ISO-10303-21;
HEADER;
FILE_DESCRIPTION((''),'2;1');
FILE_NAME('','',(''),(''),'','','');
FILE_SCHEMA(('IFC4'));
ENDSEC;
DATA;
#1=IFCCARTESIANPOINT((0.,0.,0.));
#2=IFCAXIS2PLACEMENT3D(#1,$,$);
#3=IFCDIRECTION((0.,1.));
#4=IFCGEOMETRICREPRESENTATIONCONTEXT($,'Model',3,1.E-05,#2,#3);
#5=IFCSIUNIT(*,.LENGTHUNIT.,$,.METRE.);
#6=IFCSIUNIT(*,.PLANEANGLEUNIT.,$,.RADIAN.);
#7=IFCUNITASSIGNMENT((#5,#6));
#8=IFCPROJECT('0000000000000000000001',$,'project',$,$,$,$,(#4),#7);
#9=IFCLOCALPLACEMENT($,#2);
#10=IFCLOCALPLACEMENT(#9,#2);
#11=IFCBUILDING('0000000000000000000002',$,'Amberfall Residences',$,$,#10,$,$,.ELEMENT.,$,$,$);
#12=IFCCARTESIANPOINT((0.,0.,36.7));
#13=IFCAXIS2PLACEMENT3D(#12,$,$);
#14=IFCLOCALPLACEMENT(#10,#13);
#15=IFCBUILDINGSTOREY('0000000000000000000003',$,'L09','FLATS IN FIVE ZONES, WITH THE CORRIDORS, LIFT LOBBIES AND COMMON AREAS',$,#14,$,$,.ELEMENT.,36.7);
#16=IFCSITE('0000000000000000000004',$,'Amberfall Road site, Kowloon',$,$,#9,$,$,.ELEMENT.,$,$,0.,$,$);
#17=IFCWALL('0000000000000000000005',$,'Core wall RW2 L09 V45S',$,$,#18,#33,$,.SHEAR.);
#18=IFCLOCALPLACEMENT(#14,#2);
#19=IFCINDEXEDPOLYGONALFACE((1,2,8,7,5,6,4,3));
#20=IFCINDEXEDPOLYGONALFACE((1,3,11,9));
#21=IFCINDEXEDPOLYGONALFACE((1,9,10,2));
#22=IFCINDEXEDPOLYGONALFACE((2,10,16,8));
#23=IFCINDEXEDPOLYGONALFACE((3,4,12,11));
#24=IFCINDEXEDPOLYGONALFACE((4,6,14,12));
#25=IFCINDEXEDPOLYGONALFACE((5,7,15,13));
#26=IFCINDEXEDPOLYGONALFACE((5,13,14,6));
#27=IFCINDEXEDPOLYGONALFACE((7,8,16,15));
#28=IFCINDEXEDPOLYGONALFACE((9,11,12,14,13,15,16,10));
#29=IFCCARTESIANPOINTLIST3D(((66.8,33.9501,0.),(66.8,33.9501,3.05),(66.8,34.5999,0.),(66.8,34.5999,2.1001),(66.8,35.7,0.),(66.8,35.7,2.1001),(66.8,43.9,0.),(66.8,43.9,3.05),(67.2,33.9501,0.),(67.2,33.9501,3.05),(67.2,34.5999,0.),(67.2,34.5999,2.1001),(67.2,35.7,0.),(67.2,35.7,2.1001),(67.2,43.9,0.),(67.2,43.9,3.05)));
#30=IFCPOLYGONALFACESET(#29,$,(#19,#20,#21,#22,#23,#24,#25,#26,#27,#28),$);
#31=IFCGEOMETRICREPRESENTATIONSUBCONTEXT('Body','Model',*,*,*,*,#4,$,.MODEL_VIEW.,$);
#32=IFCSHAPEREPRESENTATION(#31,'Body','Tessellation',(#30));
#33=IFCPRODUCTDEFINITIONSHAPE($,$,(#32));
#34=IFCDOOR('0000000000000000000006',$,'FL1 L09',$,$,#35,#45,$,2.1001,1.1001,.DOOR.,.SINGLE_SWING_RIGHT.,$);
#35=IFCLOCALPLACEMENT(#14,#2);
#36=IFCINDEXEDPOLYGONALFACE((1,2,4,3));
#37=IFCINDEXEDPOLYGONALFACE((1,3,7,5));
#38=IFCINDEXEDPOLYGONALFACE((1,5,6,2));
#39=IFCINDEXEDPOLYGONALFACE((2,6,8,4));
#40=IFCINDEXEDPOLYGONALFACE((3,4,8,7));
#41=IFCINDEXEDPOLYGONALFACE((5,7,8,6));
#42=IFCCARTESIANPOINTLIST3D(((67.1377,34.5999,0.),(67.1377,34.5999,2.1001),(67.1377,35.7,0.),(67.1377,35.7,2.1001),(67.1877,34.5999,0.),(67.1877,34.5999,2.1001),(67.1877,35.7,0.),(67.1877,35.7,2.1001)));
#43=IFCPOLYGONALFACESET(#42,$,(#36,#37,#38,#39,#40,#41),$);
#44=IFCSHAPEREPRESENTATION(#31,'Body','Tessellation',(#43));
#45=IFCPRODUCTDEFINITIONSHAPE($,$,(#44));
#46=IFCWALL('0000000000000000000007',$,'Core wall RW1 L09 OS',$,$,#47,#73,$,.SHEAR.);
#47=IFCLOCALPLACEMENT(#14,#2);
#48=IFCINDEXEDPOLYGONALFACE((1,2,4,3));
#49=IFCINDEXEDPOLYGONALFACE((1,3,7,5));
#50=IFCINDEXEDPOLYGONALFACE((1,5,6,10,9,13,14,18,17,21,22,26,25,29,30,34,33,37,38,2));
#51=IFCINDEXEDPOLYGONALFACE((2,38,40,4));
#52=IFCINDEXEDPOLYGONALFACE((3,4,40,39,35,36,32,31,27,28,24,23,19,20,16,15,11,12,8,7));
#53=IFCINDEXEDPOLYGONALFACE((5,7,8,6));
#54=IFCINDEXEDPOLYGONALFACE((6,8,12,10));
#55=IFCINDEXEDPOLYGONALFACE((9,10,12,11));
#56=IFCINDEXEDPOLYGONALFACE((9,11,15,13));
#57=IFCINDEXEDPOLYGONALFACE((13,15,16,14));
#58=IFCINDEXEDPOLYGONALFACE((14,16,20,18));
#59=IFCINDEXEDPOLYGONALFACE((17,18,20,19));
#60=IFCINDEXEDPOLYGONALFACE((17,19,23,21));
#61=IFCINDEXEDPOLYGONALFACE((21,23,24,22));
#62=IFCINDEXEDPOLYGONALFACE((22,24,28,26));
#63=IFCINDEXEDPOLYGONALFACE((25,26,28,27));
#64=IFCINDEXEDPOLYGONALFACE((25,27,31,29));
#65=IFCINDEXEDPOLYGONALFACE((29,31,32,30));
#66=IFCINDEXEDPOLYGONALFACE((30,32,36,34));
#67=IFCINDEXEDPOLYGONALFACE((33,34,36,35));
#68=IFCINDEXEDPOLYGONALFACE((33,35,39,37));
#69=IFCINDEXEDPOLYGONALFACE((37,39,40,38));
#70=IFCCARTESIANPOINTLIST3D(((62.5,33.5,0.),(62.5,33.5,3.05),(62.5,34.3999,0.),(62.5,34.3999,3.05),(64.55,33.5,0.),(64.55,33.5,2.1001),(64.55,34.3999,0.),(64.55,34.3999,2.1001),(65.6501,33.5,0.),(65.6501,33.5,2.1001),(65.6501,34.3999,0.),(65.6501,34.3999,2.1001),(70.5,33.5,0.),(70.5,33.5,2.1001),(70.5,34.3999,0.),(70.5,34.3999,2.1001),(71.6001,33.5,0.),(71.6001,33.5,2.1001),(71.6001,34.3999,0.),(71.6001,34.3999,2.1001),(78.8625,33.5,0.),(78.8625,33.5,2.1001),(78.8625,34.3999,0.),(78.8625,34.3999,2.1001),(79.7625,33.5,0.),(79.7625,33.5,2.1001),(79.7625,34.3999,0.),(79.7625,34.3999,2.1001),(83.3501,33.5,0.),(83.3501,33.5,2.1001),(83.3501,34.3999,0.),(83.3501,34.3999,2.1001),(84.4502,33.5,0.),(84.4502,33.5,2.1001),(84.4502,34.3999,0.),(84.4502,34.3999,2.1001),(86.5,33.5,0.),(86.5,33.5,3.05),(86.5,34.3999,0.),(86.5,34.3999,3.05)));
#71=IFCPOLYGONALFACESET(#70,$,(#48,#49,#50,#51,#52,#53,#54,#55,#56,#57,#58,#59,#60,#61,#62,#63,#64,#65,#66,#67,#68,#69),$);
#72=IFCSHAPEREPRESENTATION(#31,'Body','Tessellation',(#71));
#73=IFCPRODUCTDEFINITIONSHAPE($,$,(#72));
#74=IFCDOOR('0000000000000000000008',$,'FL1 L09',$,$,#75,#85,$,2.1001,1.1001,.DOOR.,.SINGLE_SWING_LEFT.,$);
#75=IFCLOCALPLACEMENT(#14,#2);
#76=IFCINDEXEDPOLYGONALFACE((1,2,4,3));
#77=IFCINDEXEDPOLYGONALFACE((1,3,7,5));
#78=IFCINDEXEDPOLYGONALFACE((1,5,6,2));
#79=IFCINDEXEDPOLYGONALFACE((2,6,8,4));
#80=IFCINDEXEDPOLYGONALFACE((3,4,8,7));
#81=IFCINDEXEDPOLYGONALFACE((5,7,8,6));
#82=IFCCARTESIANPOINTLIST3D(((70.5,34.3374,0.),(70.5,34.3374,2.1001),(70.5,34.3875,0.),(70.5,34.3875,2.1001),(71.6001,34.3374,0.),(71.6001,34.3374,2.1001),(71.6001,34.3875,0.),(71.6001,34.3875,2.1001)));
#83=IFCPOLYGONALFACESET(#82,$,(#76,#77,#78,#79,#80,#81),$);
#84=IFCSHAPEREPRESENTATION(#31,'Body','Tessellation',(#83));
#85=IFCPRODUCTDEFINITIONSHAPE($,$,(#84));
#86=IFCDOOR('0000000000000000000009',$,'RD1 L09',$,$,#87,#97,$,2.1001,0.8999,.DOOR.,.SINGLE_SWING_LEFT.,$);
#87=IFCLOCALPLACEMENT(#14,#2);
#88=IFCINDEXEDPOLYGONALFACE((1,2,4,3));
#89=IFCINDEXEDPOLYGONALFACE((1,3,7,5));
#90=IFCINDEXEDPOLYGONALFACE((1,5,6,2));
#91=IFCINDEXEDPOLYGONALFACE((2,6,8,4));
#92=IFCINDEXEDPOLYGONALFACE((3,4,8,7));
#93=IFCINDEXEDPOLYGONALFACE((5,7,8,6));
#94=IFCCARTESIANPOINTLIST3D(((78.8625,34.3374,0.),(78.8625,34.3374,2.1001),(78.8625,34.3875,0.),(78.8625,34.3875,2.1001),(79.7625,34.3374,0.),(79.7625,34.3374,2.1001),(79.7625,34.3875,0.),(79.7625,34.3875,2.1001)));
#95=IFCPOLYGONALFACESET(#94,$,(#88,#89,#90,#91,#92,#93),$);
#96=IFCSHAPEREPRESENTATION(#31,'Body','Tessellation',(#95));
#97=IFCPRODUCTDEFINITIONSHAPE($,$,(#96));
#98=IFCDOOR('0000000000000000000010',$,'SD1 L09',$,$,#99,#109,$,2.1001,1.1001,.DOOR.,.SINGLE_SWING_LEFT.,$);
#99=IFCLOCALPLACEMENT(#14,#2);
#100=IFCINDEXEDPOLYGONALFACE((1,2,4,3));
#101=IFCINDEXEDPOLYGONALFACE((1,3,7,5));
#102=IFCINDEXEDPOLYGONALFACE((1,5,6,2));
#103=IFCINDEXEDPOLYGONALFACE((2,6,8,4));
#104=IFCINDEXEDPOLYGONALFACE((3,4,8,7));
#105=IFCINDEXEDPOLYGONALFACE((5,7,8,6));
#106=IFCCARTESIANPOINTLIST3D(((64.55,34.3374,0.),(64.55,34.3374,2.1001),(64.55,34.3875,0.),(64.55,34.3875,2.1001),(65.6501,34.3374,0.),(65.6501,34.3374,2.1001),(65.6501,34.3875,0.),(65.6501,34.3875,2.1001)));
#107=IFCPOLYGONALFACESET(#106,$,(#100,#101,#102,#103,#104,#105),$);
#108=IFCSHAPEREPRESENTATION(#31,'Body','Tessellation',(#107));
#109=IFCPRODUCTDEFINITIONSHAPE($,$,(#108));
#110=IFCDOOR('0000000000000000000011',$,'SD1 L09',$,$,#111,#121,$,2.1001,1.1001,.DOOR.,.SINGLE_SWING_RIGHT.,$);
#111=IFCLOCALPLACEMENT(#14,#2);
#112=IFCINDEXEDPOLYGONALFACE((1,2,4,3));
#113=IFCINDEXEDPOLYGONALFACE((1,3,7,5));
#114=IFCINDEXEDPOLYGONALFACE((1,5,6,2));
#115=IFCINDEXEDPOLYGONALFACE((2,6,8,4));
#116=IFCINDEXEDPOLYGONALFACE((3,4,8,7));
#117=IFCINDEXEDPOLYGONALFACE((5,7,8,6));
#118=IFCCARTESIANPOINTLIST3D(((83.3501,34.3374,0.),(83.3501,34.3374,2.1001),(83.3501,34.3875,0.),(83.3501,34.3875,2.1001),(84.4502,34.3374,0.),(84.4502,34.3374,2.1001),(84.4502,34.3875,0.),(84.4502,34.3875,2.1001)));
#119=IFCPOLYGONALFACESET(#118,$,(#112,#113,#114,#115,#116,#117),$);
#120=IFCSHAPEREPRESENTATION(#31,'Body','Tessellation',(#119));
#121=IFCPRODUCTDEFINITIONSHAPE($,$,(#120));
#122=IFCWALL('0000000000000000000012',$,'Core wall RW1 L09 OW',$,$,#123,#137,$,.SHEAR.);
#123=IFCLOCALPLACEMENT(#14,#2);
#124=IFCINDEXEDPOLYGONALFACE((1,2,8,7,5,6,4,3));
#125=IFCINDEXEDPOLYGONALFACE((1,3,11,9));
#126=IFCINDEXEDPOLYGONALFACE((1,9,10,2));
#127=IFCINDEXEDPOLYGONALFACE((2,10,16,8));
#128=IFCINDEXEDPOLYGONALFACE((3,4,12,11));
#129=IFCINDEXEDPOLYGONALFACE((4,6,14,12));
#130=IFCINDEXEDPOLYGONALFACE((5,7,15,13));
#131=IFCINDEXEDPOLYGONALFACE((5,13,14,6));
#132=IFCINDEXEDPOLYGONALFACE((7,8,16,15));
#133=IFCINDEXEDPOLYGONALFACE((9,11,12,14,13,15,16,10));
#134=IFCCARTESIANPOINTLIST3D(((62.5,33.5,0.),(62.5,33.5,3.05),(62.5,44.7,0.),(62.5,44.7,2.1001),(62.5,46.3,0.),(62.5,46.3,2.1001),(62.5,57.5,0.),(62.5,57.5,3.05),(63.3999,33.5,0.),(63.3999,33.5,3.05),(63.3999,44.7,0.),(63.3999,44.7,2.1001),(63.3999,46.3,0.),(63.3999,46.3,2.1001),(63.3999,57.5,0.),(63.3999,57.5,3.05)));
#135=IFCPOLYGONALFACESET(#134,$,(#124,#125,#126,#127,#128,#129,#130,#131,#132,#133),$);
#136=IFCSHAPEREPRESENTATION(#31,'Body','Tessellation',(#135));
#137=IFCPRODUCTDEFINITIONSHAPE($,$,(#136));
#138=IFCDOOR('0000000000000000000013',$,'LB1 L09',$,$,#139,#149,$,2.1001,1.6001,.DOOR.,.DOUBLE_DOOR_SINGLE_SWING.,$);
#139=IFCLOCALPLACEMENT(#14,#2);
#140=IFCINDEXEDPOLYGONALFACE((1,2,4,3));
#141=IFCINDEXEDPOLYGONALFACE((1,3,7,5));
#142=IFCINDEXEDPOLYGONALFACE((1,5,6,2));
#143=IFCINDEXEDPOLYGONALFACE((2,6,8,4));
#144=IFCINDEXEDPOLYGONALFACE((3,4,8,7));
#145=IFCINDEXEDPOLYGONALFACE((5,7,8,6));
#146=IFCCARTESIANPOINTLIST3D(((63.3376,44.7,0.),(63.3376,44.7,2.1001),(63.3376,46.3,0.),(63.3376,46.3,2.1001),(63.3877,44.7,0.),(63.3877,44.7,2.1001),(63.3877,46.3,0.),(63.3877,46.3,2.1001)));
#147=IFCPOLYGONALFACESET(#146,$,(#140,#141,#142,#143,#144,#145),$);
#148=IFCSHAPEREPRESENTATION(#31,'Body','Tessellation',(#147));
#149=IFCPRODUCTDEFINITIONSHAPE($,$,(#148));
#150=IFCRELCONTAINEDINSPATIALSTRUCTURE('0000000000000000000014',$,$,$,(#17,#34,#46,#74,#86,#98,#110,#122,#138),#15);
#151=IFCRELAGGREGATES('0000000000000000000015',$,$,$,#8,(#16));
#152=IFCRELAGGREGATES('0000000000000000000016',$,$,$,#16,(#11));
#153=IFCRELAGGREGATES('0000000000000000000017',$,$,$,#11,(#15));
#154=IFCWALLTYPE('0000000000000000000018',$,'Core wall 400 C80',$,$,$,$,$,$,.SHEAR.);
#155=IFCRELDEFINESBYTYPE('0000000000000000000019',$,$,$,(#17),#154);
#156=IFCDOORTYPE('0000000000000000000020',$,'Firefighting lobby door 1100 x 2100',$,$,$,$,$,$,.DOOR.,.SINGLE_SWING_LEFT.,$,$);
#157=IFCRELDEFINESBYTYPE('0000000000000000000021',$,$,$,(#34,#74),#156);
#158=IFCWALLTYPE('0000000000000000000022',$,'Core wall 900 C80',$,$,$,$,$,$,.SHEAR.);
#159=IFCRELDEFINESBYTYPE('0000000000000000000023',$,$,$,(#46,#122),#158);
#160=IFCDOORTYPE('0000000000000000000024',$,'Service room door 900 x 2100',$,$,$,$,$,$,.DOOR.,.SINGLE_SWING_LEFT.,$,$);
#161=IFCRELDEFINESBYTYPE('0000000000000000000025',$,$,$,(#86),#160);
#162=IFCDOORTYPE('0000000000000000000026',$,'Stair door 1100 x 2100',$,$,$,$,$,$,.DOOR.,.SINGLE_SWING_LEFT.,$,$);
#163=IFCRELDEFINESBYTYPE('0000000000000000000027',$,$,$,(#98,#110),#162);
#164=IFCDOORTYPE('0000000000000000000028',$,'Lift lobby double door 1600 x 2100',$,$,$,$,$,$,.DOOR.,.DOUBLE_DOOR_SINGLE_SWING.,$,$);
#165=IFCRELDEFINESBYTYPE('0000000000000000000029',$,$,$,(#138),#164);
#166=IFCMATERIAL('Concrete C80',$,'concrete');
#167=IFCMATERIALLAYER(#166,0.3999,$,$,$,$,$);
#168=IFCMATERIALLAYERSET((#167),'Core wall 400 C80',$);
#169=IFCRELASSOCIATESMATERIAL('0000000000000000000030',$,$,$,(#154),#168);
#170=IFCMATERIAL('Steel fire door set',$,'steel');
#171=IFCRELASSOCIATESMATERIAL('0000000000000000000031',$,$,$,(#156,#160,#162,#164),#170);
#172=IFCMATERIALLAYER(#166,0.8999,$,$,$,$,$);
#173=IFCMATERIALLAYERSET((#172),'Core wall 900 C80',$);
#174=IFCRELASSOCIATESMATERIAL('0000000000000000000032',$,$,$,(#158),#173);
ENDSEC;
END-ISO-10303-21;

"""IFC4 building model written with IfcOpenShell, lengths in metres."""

from ifc_helpers import new_model, si_unit, direction, frame, frame_2d, origin, place, context, subcontext, project, spatial, rectangle, extrude, material, layer, layer_set, type_object, element, fill, save


model = new_model("IFC4")

# Units and contexts
model_context = context("Model", 3, precision=1e-05, world=origin(), true_north=direction((0.0, 1.0)))
body_context = subcontext(model_context, "Body", "Model", "MODEL_VIEW")
ifc_project = project(units=[si_unit("LENGTHUNIT", "METRE"), si_unit("PLANEANGLEUNIT", "RADIAN")], contexts=[model_context])

# Site, building, storey
site_placement = place(None, origin())
site = spatial("IfcSite", under=ifc_project, at=site_placement, Name="Amberfall Road site, Kowloon", CompositionType="ELEMENT", RefElevation=0.0)
building_placement = place(site_placement, origin())
building = spatial("IfcBuilding", under=site, at=building_placement, Name="Amberfall Residences", CompositionType="ELEMENT")
storey_placement = place(building_placement, frame((0.0, 0.0, 36.7)))
storey = spatial("IfcBuildingStorey", under=building, at=storey_placement, Name="L09", Description="FLATS IN FIVE ZONES, WITH THE CORRIDORS, LIFT LOBBIES AND COMMON AREAS", CompositionType="ELEMENT", Elevation=36.7)

# Wall, opening, door
ifc_material_1 = material(Name="Concrete C80", Category="concrete")
ifc_layer_1 = layer(ifc_material_1, 0.3999)
ifc_layer_set_1 = layer_set([ifc_layer_1], Name="Core wall 400 C80")
wall_type_1 = type_object("IfcWallType", Name="Core wall 400 C80", PredefinedType="SHEAR", material=ifc_layer_set_1)
wall_1_placement = place(storey_placement, frame((67.0, 33.95, 0.0), z_axis=(0.0, 0.0, 1.0), x_axis=(0.0, 1.0, 0.0)))
wall_1 = element("IfcWall", 1, at=wall_1_placement, inside=storey, type_object=wall_type_1, Name="Core wall RW2 L09 V45S", PredefinedType="SHEAR", context=body_context, shape_type="SweptSolid", body=[
    extrude(rectangle(XDim=9.95, YDim=0.3999, at=frame_2d((4.9751, 0.0))), origin(), (0.0, 0.0, 1.0), 3.05),
])
opening_1_placement = place(wall_1_placement, frame((0.6499, 0.0, 0.0)))
opening_1 = element("IfcOpeningElement", 2, at=opening_1_placement, cuts=wall_1, PredefinedType="OPENING", context=body_context, shape_type="SweptSolid", body=[
    extrude(rectangle(XDim=1.1001, YDim=2.1001, at=frame_2d((0.55, 1.05))), frame((0.0, 0.21, 0.0), z_axis=(0.0, -1.0, 0.0), x_axis=(1.0, 0.0, 0.0)), (0.0, 0.0, 1.0), 0.4199),
])
ifc_material_2 = material(Name="Steel fire door set", Category="steel")
door_type_1 = type_object("IfcDoorType", Name="Firefighting lobby door 1100 x 2100", OperationType="SINGLE_SWING_LEFT", PredefinedType="DOOR", material=ifc_material_2)
door_1_placement = place(opening_1_placement, origin())
door_1 = element("IfcDoor", 3, at=door_1_placement, inside=storey, type_object=door_type_1, Name="FL1 L09", OperationType="SINGLE_SWING_RIGHT", OverallHeight=2.1001, OverallWidth=1.1001, PredefinedType="DOOR", context=body_context, shape_type="SweptSolid", body=[
    extrude(rectangle(XDim=1.1001, YDim=2.1001, at=frame_2d((0.55, 1.05))), frame((0.0, -0.1377, 0.0), z_axis=(0.0, -1.0, 0.0), x_axis=(1.0, 0.0, 0.0)), (0.0, 0.0, 1.0), 0.05),
])
fill(opening_1, door_1)

# Wall, openings, doors
ifc_layer_2 = layer(ifc_material_1, 0.8999)
ifc_layer_set_2 = layer_set([ifc_layer_2], Name="Core wall 900 C80")
wall_type_2 = type_object("IfcWallType", Name="Core wall 900 C80", PredefinedType="SHEAR", material=ifc_layer_set_2)
wall_2_placement = place(storey_placement, frame((62.5, 33.95, 0.0), z_axis=(0.0, 0.0, 1.0), x_axis=(1.0, 0.0, 0.0)))
wall_2 = element("IfcWall", 4, at=wall_2_placement, inside=storey, type_object=wall_type_2, Name="Core wall RW1 L09 OS", PredefinedType="SHEAR", context=body_context, shape_type="SweptSolid", body=[
    extrude(rectangle(XDim=24.0, YDim=0.8999, at=frame_2d((12.0, 0.0))), origin(), (0.0, 0.0, 1.0), 3.05),
])
opening_2_placement = place(wall_2_placement, frame((2.05, 0.0, 0.0)))
opening_2 = element("IfcOpeningElement", 5, at=opening_2_placement, cuts=wall_2, PredefinedType="OPENING", context=body_context, shape_type="SweptSolid", body=[
    extrude(rectangle(XDim=1.1001, YDim=2.1001, at=frame_2d((0.55, 1.05))), frame((0.0, 0.46, 0.0), z_axis=(0.0, -1.0, 0.0), x_axis=(1.0, 0.0, 0.0)), (0.0, 0.0, 1.0), 0.9199),
])
opening_3_placement = place(wall_2_placement, frame((20.8501, 0.0, 0.0)))
opening_3 = element("IfcOpeningElement", 6, at=opening_3_placement, cuts=wall_2, PredefinedType="OPENING", context=body_context, shape_type="SweptSolid", body=[
    extrude(rectangle(XDim=1.1001, YDim=2.1001, at=frame_2d((0.55, 1.05))), frame((0.0, 0.46, 0.0), z_axis=(0.0, -1.0, 0.0), x_axis=(1.0, 0.0, 0.0)), (0.0, 0.0, 1.0), 0.9199),
])
opening_4_placement = place(wall_2_placement, frame((8.0, 0.0, 0.0)))
opening_4 = element("IfcOpeningElement", 7, at=opening_4_placement, cuts=wall_2, PredefinedType="OPENING", context=body_context, shape_type="SweptSolid", body=[
    extrude(rectangle(XDim=1.1001, YDim=2.1001, at=frame_2d((0.55, 1.05))), frame((0.0, 0.46, 0.0), z_axis=(0.0, -1.0, 0.0), x_axis=(1.0, 0.0, 0.0)), (0.0, 0.0, 1.0), 0.9199),
])
opening_5_placement = place(wall_2_placement, frame((16.3625, 0.0, 0.0)))
opening_5 = element("IfcOpeningElement", 8, at=opening_5_placement, cuts=wall_2, PredefinedType="OPENING", context=body_context, shape_type="SweptSolid", body=[
    extrude(rectangle(XDim=0.8999, YDim=2.1001, at=frame_2d((0.45, 1.05))), frame((0.0, 0.46, 0.0), z_axis=(0.0, -1.0, 0.0), x_axis=(1.0, 0.0, 0.0)), (0.0, 0.0, 1.0), 0.9199),
])
door_2_placement = place(opening_4_placement, origin())
door_2 = element("IfcDoor", 9, at=door_2_placement, inside=storey, type_object=door_type_1, Name="FL1 L09", OperationType="SINGLE_SWING_LEFT", OverallHeight=2.1001, OverallWidth=1.1001, PredefinedType="DOOR", context=body_context, shape_type="SweptSolid", body=[
    extrude(rectangle(XDim=1.1001, YDim=2.1001, at=frame_2d((0.55, 1.05))), frame((0.0, 0.4375, 0.0), z_axis=(0.0, -1.0, 0.0), x_axis=(1.0, 0.0, 0.0)), (0.0, 0.0, 1.0), 0.05),
])
fill(opening_4, door_2)
door_type_2 = type_object("IfcDoorType", Name="Service room door 900 x 2100", OperationType="SINGLE_SWING_LEFT", PredefinedType="DOOR", material=ifc_material_2)
door_3_placement = place(opening_5_placement, origin())
door_3 = element("IfcDoor", 10, at=door_3_placement, inside=storey, type_object=door_type_2, Name="RD1 L09", OperationType="SINGLE_SWING_LEFT", OverallHeight=2.1001, OverallWidth=0.8999, PredefinedType="DOOR", context=body_context, shape_type="SweptSolid", body=[
    extrude(rectangle(XDim=0.8999, YDim=2.1001, at=frame_2d((0.45, 1.05))), frame((0.0, 0.4375, 0.0), z_axis=(0.0, -1.0, 0.0), x_axis=(1.0, 0.0, 0.0)), (0.0, 0.0, 1.0), 0.05),
])
fill(opening_5, door_3)
door_type_3 = type_object("IfcDoorType", Name="Stair door 1100 x 2100", OperationType="SINGLE_SWING_LEFT", PredefinedType="DOOR", material=ifc_material_2)
door_4_placement = place(opening_2_placement, origin())
door_4 = element("IfcDoor", 11, at=door_4_placement, inside=storey, type_object=door_type_3, Name="SD1 L09", OperationType="SINGLE_SWING_LEFT", OverallHeight=2.1001, OverallWidth=1.1001, PredefinedType="DOOR", context=body_context, shape_type="SweptSolid", body=[
    extrude(rectangle(XDim=1.1001, YDim=2.1001, at=frame_2d((0.55, 1.05))), frame((0.0, 0.4375, 0.0), z_axis=(0.0, -1.0, 0.0), x_axis=(1.0, 0.0, 0.0)), (0.0, 0.0, 1.0), 0.05),
])
fill(opening_2, door_4)
door_5_placement = place(opening_3_placement, origin())
door_5 = element("IfcDoor", 12, at=door_5_placement, inside=storey, type_object=door_type_3, Name="SD1 L09", OperationType="SINGLE_SWING_RIGHT", OverallHeight=2.1001, OverallWidth=1.1001, PredefinedType="DOOR", context=body_context, shape_type="SweptSolid", body=[
    extrude(rectangle(XDim=1.1001, YDim=2.1001, at=frame_2d((0.55, 1.05))), frame((0.0, 0.4375, 0.0), z_axis=(0.0, -1.0, 0.0), x_axis=(1.0, 0.0, 0.0)), (0.0, 0.0, 1.0), 0.05),
])
fill(opening_3, door_5)

# Wall, opening, door
wall_3_placement = place(storey_placement, frame((62.95, 33.5, 0.0), z_axis=(0.0, 0.0, 1.0), x_axis=(0.0, 1.0, 0.0)))
wall_3 = element("IfcWall", 13, at=wall_3_placement, inside=storey, type_object=wall_type_2, Name="Core wall RW1 L09 OW", PredefinedType="SHEAR", context=body_context, shape_type="SweptSolid", body=[
    extrude(rectangle(XDim=24.0, YDim=0.8999, at=frame_2d((12.0, 0.0))), origin(), (0.0, 0.0, 1.0), 3.05),
])
opening_6_placement = place(wall_3_placement, frame((11.2, 0.0, 0.0)))
opening_6 = element("IfcOpeningElement", 14, at=opening_6_placement, cuts=wall_3, PredefinedType="OPENING", context=body_context, shape_type="SweptSolid", body=[
    extrude(rectangle(XDim=1.6001, YDim=2.1001, at=frame_2d((0.8, 1.05))), frame((0.0, 0.46, 0.0), z_axis=(0.0, -1.0, 0.0), x_axis=(1.0, 0.0, 0.0)), (0.0, 0.0, 1.0), 0.9199),
])
door_type_4 = type_object("IfcDoorType", Name="Lift lobby double door 1600 x 2100", OperationType="DOUBLE_DOOR_SINGLE_SWING", PredefinedType="DOOR", material=ifc_material_2)
door_6_placement = place(opening_6_placement, origin())
door_6 = element("IfcDoor", 15, at=door_6_placement, inside=storey, type_object=door_type_4, Name="LB1 L09", OperationType="DOUBLE_DOOR_SINGLE_SWING", OverallHeight=2.1001, OverallWidth=1.6001, PredefinedType="DOOR", context=body_context, shape_type="SweptSolid", body=[
    extrude(rectangle(XDim=1.6001, YDim=2.1001, at=frame_2d((0.8, 1.05))), frame((0.0, -0.3877, 0.0), z_axis=(0.0, -1.0, 0.0), x_axis=(1.0, 0.0, 0.0)), (0.0, 0.0, 1.0), 0.05),
])
fill(opening_6, door_6)

save(model, "model.ifc")
